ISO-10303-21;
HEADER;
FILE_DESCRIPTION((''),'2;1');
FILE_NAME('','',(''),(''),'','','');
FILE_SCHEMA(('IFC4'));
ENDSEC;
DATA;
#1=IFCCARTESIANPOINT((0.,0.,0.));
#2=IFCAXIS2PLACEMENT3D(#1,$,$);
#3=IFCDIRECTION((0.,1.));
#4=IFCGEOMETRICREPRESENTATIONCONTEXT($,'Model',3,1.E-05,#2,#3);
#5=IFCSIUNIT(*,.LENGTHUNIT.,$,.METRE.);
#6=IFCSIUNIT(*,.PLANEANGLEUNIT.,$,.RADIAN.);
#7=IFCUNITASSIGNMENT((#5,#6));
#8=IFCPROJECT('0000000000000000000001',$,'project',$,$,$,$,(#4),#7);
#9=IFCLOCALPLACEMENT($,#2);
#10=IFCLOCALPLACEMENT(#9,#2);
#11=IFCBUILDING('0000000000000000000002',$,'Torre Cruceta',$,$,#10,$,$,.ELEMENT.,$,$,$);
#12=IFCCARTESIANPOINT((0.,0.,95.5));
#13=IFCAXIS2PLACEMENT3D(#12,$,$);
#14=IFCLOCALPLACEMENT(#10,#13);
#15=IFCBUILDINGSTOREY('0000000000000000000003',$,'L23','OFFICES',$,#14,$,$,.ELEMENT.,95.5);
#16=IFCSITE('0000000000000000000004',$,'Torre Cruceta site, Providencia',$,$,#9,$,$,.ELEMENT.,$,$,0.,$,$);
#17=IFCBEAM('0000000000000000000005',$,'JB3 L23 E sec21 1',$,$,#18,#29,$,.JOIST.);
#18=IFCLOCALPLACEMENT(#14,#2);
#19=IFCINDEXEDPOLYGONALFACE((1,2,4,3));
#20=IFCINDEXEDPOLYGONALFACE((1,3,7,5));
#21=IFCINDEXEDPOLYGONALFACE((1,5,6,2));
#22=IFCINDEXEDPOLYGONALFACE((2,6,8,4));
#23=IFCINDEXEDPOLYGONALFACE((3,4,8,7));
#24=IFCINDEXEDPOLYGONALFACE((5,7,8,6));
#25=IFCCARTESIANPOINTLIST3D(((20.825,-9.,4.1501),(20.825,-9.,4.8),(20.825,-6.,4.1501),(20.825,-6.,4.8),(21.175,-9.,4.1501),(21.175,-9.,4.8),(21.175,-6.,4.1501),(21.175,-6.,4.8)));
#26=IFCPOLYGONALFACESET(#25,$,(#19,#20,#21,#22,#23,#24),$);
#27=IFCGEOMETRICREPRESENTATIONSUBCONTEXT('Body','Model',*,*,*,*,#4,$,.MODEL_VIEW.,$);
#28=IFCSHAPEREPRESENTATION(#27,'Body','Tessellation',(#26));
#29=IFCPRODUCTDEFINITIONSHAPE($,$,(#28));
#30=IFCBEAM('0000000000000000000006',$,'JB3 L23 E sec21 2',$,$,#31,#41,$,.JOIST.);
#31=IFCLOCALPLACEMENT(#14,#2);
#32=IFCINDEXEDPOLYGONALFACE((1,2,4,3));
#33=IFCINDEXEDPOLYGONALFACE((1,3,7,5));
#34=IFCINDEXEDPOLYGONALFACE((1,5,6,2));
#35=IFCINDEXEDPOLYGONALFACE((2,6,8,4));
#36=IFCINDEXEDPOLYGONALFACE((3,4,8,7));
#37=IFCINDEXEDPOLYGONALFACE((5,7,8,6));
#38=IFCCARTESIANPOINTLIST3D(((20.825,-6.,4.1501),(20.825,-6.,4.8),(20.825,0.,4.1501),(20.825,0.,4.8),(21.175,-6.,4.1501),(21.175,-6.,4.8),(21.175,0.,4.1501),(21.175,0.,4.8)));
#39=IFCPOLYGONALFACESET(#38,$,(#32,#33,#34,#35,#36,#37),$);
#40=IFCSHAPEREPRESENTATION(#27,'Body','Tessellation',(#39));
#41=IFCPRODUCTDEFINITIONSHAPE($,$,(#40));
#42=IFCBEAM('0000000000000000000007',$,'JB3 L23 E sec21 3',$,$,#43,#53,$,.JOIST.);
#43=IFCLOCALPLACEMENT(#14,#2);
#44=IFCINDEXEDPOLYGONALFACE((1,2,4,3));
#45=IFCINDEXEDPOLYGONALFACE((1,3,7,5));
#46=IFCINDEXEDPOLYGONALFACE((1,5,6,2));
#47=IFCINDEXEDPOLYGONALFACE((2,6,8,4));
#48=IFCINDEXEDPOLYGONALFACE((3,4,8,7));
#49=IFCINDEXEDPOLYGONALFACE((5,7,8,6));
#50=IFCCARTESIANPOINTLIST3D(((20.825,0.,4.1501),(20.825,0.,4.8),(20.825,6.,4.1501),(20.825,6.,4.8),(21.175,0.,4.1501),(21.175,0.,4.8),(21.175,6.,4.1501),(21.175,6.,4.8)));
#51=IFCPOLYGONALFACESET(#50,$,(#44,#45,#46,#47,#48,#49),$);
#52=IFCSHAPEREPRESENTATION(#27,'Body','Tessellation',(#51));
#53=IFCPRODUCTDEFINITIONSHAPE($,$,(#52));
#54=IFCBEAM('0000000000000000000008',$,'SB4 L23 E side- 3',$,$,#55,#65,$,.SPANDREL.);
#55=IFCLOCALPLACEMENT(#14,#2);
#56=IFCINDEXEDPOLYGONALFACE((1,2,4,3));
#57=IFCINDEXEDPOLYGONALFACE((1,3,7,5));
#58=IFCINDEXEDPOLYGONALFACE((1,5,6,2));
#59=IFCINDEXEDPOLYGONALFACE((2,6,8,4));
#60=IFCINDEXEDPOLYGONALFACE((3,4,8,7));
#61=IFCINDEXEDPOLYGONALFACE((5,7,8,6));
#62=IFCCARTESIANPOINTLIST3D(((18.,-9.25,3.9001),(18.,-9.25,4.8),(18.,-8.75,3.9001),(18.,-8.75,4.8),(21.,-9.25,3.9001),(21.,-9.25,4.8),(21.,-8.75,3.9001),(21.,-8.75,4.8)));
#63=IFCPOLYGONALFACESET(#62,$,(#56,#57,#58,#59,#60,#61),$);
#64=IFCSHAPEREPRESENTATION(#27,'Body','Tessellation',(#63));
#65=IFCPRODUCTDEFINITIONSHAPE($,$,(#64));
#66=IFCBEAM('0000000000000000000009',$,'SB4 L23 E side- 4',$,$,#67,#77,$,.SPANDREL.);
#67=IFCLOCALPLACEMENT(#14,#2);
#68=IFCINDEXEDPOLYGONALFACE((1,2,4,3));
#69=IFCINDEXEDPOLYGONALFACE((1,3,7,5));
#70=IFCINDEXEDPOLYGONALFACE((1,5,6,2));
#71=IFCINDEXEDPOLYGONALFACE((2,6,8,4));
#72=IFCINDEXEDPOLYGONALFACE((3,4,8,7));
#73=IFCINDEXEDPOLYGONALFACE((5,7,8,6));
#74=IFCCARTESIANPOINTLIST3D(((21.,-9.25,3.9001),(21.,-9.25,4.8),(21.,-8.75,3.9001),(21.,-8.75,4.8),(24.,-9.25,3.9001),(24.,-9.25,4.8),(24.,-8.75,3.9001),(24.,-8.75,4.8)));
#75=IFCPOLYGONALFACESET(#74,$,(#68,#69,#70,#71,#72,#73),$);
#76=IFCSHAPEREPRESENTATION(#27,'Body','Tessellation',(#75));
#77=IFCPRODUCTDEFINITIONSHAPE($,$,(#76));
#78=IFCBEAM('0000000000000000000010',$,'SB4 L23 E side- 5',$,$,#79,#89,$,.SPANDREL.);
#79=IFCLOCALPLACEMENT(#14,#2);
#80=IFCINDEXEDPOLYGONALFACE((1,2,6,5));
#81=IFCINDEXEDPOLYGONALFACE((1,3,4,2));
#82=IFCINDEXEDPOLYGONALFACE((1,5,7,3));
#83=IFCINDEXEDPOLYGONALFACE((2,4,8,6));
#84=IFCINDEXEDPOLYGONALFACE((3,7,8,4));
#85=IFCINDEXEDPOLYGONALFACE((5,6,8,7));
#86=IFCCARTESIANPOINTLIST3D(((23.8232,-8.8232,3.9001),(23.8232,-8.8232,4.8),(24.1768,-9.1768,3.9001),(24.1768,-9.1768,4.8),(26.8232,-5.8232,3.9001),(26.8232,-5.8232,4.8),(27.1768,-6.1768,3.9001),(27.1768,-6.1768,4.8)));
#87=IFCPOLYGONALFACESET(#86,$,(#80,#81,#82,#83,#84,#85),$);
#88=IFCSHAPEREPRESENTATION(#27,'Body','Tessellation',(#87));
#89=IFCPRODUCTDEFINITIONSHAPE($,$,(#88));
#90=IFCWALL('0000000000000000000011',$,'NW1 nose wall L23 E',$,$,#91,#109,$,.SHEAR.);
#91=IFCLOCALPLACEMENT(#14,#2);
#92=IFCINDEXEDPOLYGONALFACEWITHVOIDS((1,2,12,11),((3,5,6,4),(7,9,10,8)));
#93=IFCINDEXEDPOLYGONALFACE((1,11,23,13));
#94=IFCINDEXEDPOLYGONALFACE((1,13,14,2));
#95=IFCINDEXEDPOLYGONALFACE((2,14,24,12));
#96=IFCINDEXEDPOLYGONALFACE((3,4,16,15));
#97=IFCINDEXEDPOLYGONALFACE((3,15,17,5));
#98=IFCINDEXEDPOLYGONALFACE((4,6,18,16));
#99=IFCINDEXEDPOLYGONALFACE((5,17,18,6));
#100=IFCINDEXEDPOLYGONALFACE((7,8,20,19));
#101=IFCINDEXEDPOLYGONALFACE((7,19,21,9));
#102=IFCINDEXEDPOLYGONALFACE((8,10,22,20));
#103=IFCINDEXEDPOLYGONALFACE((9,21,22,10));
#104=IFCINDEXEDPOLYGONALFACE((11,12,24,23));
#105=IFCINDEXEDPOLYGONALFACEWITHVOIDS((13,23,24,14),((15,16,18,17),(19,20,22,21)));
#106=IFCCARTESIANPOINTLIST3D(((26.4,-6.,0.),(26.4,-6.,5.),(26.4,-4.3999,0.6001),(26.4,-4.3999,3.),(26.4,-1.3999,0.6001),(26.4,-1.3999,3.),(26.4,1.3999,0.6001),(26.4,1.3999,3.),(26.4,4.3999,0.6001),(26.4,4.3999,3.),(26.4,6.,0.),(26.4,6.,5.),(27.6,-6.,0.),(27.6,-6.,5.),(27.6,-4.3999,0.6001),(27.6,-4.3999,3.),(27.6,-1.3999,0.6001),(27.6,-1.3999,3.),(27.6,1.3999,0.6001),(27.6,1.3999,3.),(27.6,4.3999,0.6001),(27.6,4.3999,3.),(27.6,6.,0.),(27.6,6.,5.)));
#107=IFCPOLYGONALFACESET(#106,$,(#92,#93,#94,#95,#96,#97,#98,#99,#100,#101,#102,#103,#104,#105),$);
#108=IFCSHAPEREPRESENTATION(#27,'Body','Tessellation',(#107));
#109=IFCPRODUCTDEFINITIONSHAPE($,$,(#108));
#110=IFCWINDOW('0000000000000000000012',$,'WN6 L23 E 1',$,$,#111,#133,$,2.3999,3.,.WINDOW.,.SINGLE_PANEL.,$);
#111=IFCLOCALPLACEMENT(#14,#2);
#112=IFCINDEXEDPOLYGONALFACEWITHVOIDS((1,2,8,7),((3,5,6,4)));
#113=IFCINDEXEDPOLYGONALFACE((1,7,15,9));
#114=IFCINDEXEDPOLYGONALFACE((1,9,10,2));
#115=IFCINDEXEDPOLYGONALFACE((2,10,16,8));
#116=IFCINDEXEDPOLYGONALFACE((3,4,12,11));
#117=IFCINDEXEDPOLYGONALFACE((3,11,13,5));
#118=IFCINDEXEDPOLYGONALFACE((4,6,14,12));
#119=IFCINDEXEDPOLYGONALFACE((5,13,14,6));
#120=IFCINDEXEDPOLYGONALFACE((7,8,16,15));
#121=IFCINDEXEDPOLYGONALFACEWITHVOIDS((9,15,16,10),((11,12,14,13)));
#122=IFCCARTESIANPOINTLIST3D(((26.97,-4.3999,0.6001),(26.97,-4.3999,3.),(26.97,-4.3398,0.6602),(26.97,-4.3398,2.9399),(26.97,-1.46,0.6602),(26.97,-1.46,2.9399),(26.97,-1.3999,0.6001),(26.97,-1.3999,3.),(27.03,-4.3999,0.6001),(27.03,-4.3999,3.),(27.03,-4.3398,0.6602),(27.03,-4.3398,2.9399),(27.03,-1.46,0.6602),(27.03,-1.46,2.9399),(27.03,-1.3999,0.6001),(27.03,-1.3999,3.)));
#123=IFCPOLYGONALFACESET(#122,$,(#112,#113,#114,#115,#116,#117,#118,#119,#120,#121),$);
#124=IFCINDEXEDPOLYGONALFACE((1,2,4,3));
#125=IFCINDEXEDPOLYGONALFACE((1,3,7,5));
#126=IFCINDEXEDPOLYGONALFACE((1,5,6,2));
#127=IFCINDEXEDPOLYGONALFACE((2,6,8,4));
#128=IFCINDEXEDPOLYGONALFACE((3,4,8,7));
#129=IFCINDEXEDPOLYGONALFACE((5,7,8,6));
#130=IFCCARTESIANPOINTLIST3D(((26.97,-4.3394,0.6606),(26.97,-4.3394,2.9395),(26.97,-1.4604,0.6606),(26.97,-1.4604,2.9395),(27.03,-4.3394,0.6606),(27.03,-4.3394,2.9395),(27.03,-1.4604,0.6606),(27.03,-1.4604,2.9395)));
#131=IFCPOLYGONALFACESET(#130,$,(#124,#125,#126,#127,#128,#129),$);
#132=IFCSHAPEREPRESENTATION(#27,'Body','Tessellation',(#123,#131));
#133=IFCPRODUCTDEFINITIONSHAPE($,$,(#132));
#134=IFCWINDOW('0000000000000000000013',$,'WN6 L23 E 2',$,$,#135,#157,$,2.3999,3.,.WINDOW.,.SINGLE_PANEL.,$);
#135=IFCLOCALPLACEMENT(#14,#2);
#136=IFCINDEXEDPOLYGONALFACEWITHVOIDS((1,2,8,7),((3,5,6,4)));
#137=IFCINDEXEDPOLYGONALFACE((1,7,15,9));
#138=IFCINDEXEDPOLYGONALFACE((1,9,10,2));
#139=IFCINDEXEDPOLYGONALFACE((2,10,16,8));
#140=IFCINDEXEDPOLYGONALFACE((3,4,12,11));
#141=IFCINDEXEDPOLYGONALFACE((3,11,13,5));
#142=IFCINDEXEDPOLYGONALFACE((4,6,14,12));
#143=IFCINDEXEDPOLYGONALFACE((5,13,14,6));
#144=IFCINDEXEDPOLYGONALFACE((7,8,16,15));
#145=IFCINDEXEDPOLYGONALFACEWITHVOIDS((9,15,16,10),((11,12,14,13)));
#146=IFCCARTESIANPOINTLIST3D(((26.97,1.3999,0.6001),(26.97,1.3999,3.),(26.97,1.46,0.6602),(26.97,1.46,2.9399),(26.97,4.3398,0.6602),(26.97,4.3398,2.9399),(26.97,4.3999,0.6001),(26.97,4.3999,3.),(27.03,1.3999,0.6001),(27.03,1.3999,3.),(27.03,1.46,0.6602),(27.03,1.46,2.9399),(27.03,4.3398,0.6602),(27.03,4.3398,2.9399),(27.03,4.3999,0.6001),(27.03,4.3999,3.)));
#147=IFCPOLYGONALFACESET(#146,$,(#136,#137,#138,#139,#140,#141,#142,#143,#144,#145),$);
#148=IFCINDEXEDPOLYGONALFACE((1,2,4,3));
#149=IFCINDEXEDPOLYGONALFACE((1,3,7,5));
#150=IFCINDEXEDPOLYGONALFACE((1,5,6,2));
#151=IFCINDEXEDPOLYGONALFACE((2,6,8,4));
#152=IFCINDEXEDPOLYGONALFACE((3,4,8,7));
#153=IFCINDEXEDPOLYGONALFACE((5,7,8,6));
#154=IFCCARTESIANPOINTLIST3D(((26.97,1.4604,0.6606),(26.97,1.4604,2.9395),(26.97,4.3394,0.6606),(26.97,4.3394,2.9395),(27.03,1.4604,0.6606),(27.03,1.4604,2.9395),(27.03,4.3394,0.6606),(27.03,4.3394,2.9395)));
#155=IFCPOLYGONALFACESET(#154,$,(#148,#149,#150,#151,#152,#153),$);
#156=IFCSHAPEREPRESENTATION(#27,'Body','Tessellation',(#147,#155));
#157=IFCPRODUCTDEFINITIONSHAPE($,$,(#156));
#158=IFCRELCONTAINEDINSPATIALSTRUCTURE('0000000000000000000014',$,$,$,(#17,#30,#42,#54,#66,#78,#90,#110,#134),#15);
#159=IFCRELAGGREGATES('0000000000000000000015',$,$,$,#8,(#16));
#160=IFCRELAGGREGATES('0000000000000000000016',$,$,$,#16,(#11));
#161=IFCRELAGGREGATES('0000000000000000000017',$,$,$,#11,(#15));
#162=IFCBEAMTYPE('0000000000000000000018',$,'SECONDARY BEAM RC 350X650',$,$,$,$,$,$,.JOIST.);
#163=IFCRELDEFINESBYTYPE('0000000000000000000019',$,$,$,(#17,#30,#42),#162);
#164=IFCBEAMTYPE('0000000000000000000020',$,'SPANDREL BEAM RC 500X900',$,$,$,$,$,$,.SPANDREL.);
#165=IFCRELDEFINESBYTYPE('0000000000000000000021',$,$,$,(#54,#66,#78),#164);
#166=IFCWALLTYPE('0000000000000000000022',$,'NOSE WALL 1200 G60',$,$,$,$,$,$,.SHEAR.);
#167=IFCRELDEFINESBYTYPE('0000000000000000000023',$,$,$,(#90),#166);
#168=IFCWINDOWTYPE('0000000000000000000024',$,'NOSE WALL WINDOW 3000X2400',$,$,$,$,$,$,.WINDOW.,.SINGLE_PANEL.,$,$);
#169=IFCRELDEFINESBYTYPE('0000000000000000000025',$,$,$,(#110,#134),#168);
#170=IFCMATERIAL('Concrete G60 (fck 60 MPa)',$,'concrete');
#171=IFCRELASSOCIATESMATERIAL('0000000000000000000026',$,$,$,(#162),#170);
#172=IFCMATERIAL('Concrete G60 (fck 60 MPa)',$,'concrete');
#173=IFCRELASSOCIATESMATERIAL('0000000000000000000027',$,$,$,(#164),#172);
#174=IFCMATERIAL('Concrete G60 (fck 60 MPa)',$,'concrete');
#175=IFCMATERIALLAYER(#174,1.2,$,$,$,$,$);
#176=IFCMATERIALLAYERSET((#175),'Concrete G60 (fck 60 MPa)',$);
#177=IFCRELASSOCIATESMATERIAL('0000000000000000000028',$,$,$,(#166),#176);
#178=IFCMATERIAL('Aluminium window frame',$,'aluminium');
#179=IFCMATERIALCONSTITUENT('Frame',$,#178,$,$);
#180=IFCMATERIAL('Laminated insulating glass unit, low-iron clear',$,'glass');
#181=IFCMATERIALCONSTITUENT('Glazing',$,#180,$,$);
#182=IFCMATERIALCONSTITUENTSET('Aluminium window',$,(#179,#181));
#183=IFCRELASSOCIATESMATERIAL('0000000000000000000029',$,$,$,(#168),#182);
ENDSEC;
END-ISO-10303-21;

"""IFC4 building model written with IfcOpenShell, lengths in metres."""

from ifc_helpers import new_model, si_unit, direction, frame, frame_2d, origin, origin_2d, place, context, subcontext, project, spatial, rectangle, hollow_rectangle, extrude, material, layer, layer_set, constituent, constituent_set, material_profile, profile_set, type_object, element, fill, save


model = new_model("IFC4")

# Units and contexts
model_context = context("Model", 3, precision=1e-05, world=origin(), true_north=direction((0.0, 1.0)))
body_context = subcontext(model_context, "Body", "Model", "MODEL_VIEW")
ifc_project = project(units=[si_unit("LENGTHUNIT", "METRE"), si_unit("PLANEANGLEUNIT", "RADIAN")], contexts=[model_context])

# Site, building, storey
site_placement = place(None, origin())
site = spatial("IfcSite", under=ifc_project, at=site_placement, Name="Torre Cruceta site, Providencia", CompositionType="ELEMENT", RefElevation=0.0)
building_placement = place(site_placement, origin())
building = spatial("IfcBuilding", under=site, at=building_placement, Name="Torre Cruceta", CompositionType="ELEMENT")
storey_placement = place(building_placement, frame((0.0, 0.0, 95.5)))
storey = spatial("IfcBuildingStorey", under=building, at=storey_placement, Name="L23", Description="OFFICES", CompositionType="ELEMENT", Elevation=95.5)

# Beams
ifc_material_1 = material(Name="Concrete G60 (fck 60 MPa)", Category="concrete")
ifc_material_profile_1 = material_profile(ifc_material_1, rectangle(XDim=0.3501, YDim=0.6499, at=origin_2d()), Name="RC 350X650")
ifc_profile_set_1 = profile_set([ifc_material_profile_1], Name="Concrete G60 (fck 60 MPa)")
beam_type_1 = type_object("IfcBeamType", Name="SECONDARY BEAM RC 350X650", PredefinedType="JOIST", material=ifc_profile_set_1)
beam_1_placement = place(storey_placement, frame((21.0, -9.0, 4.4751), z_axis=(0.0, 1.0, 0.0), x_axis=(-1.0, 0.0, 0.0)))
element("IfcBeam", 1, at=beam_1_placement, inside=storey, type_object=beam_type_1, Name="JB3 L23 E sec21 1", PredefinedType="JOIST", context=body_context, shape_type="SweptSolid", body=[
    extrude(rectangle(XDim=0.3501, YDim=0.6499, at=origin_2d()), origin(), (0.0, 0.0, 1.0), 3.0),
])
for number, where, z_axis, x_axis, name in (
    (2, (21.0, -6.0, 4.4751), (0.0, 1.0, 0.0), (-1.0, 0.0, 0.0), "JB3 L23 E sec21 2"),
    (3, (21.0, 0.0, 4.4751), (0.0, 1.0, 0.0), (-1.0, 0.0, 0.0), "JB3 L23 E sec21 3"),
):
    element("IfcBeam", number, at=place(storey_placement, frame(where, z_axis=z_axis, x_axis=x_axis)), inside=storey, type_object=beam_type_1, Name=name, PredefinedType="JOIST", context=body_context, shape_type="SweptSolid", body=[
        extrude(rectangle(XDim=0.3501, YDim=0.6499, at=origin_2d()), origin(), (0.0, 0.0, 1.0), 6.0),
    ])
ifc_material_2 = material(Name="Concrete G60 (fck 60 MPa)", Category="concrete")
ifc_material_profile_2 = material_profile(ifc_material_2, rectangle(XDim=0.5, YDim=0.8999, at=origin_2d()), Name="RC 500X900")
ifc_profile_set_2 = profile_set([ifc_material_profile_2], Name="Concrete G60 (fck 60 MPa)")
beam_type_2 = type_object("IfcBeamType", Name="SPANDREL BEAM RC 500X900", PredefinedType="SPANDREL", material=ifc_profile_set_2)
for number, where, z_axis, x_axis, name in (
    (4, (18.0, -9.0, 4.3501), (1.0, 0.0, 0.0), (0.0, 1.0, 0.0), "SB4 L23 E side- 3"),
    (5, (21.0, -9.0, 4.3501), (1.0, 0.0, 0.0), (0.0, 1.0, 0.0), "SB4 L23 E side- 4"),
):
    element("IfcBeam", number, at=place(storey_placement, frame(where, z_axis=z_axis, x_axis=x_axis)), inside=storey, type_object=beam_type_2, Name=name, PredefinedType="SPANDREL", context=body_context, shape_type="SweptSolid", body=[
        extrude(rectangle(XDim=0.5, YDim=0.8999, at=origin_2d()), origin(), (0.0, 0.0, 1.0), 3.0),
    ])
beam_2_placement = place(storey_placement, frame((24.0, -9.0, 4.3501), z_axis=(0.707107, 0.707107, 0.0), x_axis=(-0.707107, 0.707107, 0.0)))
element("IfcBeam", 6, at=beam_2_placement, inside=storey, type_object=beam_type_2, Name="SB4 L23 E side- 5", PredefinedType="SPANDREL", context=body_context, shape_type="SweptSolid", body=[
    extrude(rectangle(XDim=0.5, YDim=0.8999, at=origin_2d()), origin(), (0.0, 0.0, 1.0), 4.2427),
])

# Wall, openings, windows
ifc_material_3 = material(Name="Concrete G60 (fck 60 MPa)", Category="concrete")
ifc_layer_1 = layer(ifc_material_3, 1.2)
ifc_layer_set_1 = layer_set([ifc_layer_1], Name="Concrete G60 (fck 60 MPa)")
wall_type_1 = type_object("IfcWallType", Name="NOSE WALL 1200 G60", PredefinedType="SHEAR", material=ifc_layer_set_1)
wall_1_placement = place(storey_placement, frame((27.0, -6.0, 0.0), z_axis=(0.0, 0.0, 1.0), x_axis=(0.0, 1.0, 0.0)))
wall_1 = element("IfcWall", 7, at=wall_1_placement, inside=storey, type_object=wall_type_1, Name="NW1 nose wall L23 E", PredefinedType="SHEAR", context=body_context, shape_type="SweptSolid", body=[
    extrude(rectangle(XDim=12.0, YDim=1.2, at=frame_2d((6.0, 0.0))), origin(), (0.0, 0.0, 1.0), 5.0),
])
opening_1_placement = place(wall_1_placement, frame((1.6001, 0.0, 0.6001)))
opening_1 = element("IfcOpeningElement", 8, at=opening_1_placement, cuts=wall_1, PredefinedType="OPENING", context=body_context, shape_type="SweptSolid", body=[
    extrude(rectangle(XDim=3.0, YDim=2.3999, at=frame_2d((1.5, 1.2))), frame((0.0, 0.6099, 0.0), z_axis=(0.0, -1.0, 0.0), x_axis=(1.0, 0.0, 0.0)), (0.0, 0.0, 1.0), 1.22),
])
opening_2_placement = place(wall_1_placement, frame((7.3999, 0.0, 0.6001)))
opening_2 = element("IfcOpeningElement", 9, at=opening_2_placement, cuts=wall_1, PredefinedType="OPENING", context=body_context, shape_type="SweptSolid", body=[
    extrude(rectangle(XDim=3.0, YDim=2.3999, at=frame_2d((1.5, 1.2))), frame((0.0, 0.6099, 0.0), z_axis=(0.0, -1.0, 0.0), x_axis=(1.0, 0.0, 0.0)), (0.0, 0.0, 1.0), 1.22),
])
ifc_material_4 = material(Name="Aluminium window frame", Category="aluminium")
ifc_constituent_1 = constituent(ifc_material_4, Name="Frame")
ifc_material_5 = material(Name="Laminated insulating glass unit, low-iron clear", Category="glass")
ifc_constituent_2 = constituent(ifc_material_5, Name="Glazing")
ifc_constituent_set_1 = constituent_set(constituents=[ifc_constituent_1, ifc_constituent_2], Name="Aluminium window")
window_type = type_object("IfcWindowType", Name="NOSE WALL WINDOW 3000X2400", PartitioningType="SINGLE_PANEL", PredefinedType="WINDOW", material=ifc_constituent_set_1)
window_1_placement = place(opening_1_placement, origin())
window_1 = element("IfcWindow", 10, at=window_1_placement, inside=storey, type_object=window_type, Name="WN6 L23 E 1", OverallHeight=2.3999, OverallWidth=3.0, PartitioningType="SINGLE_PANEL", PredefinedType="WINDOW", context=body_context, shape_type="SweptSolid", body=[
    extrude(hollow_rectangle(XDim=3.0, YDim=2.3999, WallThickness=0.0601, at=frame_2d((1.5, 1.2))), frame((0.0, 0.03, 0.0), z_axis=(0.0, -1.0, 0.0), x_axis=(1.0, 0.0, 0.0)), (0.0, 0.0, 1.0), 0.0601),
    extrude(rectangle(XDim=2.8789, YDim=2.2788, at=frame_2d((1.5, 1.2))), frame((0.0, 0.03, 0.0), z_axis=(0.0, -1.0, 0.0), x_axis=(1.0, 0.0, 0.0)), (0.0, 0.0, 1.0), 0.0601),
])
fill(opening_1, window_1)
window_2_placement = place(opening_2_placement, origin())
window_2 = element("IfcWindow", 11, at=window_2_placement, inside=storey, type_object=window_type, Name="WN6 L23 E 2", OverallHeight=2.3999, OverallWidth=3.0, PartitioningType="SINGLE_PANEL", PredefinedType="WINDOW", context=body_context, shape_type="SweptSolid", body=[
    extrude(hollow_rectangle(XDim=3.0, YDim=2.3999, WallThickness=0.0601, at=frame_2d((1.5, 1.2))), frame((0.0, 0.03, 0.0), z_axis=(0.0, -1.0, 0.0), x_axis=(1.0, 0.0, 0.0)), (0.0, 0.0, 1.0), 0.0601),
    extrude(rectangle(XDim=2.8789, YDim=2.2788, at=frame_2d((1.5, 1.2))), frame((0.0, 0.03, 0.0), z_axis=(0.0, -1.0, 0.0), x_axis=(1.0, 0.0, 0.0)), (0.0, 0.0, 1.0), 0.0601),
])
fill(opening_2, window_2)

save(model, "model.ifc")
